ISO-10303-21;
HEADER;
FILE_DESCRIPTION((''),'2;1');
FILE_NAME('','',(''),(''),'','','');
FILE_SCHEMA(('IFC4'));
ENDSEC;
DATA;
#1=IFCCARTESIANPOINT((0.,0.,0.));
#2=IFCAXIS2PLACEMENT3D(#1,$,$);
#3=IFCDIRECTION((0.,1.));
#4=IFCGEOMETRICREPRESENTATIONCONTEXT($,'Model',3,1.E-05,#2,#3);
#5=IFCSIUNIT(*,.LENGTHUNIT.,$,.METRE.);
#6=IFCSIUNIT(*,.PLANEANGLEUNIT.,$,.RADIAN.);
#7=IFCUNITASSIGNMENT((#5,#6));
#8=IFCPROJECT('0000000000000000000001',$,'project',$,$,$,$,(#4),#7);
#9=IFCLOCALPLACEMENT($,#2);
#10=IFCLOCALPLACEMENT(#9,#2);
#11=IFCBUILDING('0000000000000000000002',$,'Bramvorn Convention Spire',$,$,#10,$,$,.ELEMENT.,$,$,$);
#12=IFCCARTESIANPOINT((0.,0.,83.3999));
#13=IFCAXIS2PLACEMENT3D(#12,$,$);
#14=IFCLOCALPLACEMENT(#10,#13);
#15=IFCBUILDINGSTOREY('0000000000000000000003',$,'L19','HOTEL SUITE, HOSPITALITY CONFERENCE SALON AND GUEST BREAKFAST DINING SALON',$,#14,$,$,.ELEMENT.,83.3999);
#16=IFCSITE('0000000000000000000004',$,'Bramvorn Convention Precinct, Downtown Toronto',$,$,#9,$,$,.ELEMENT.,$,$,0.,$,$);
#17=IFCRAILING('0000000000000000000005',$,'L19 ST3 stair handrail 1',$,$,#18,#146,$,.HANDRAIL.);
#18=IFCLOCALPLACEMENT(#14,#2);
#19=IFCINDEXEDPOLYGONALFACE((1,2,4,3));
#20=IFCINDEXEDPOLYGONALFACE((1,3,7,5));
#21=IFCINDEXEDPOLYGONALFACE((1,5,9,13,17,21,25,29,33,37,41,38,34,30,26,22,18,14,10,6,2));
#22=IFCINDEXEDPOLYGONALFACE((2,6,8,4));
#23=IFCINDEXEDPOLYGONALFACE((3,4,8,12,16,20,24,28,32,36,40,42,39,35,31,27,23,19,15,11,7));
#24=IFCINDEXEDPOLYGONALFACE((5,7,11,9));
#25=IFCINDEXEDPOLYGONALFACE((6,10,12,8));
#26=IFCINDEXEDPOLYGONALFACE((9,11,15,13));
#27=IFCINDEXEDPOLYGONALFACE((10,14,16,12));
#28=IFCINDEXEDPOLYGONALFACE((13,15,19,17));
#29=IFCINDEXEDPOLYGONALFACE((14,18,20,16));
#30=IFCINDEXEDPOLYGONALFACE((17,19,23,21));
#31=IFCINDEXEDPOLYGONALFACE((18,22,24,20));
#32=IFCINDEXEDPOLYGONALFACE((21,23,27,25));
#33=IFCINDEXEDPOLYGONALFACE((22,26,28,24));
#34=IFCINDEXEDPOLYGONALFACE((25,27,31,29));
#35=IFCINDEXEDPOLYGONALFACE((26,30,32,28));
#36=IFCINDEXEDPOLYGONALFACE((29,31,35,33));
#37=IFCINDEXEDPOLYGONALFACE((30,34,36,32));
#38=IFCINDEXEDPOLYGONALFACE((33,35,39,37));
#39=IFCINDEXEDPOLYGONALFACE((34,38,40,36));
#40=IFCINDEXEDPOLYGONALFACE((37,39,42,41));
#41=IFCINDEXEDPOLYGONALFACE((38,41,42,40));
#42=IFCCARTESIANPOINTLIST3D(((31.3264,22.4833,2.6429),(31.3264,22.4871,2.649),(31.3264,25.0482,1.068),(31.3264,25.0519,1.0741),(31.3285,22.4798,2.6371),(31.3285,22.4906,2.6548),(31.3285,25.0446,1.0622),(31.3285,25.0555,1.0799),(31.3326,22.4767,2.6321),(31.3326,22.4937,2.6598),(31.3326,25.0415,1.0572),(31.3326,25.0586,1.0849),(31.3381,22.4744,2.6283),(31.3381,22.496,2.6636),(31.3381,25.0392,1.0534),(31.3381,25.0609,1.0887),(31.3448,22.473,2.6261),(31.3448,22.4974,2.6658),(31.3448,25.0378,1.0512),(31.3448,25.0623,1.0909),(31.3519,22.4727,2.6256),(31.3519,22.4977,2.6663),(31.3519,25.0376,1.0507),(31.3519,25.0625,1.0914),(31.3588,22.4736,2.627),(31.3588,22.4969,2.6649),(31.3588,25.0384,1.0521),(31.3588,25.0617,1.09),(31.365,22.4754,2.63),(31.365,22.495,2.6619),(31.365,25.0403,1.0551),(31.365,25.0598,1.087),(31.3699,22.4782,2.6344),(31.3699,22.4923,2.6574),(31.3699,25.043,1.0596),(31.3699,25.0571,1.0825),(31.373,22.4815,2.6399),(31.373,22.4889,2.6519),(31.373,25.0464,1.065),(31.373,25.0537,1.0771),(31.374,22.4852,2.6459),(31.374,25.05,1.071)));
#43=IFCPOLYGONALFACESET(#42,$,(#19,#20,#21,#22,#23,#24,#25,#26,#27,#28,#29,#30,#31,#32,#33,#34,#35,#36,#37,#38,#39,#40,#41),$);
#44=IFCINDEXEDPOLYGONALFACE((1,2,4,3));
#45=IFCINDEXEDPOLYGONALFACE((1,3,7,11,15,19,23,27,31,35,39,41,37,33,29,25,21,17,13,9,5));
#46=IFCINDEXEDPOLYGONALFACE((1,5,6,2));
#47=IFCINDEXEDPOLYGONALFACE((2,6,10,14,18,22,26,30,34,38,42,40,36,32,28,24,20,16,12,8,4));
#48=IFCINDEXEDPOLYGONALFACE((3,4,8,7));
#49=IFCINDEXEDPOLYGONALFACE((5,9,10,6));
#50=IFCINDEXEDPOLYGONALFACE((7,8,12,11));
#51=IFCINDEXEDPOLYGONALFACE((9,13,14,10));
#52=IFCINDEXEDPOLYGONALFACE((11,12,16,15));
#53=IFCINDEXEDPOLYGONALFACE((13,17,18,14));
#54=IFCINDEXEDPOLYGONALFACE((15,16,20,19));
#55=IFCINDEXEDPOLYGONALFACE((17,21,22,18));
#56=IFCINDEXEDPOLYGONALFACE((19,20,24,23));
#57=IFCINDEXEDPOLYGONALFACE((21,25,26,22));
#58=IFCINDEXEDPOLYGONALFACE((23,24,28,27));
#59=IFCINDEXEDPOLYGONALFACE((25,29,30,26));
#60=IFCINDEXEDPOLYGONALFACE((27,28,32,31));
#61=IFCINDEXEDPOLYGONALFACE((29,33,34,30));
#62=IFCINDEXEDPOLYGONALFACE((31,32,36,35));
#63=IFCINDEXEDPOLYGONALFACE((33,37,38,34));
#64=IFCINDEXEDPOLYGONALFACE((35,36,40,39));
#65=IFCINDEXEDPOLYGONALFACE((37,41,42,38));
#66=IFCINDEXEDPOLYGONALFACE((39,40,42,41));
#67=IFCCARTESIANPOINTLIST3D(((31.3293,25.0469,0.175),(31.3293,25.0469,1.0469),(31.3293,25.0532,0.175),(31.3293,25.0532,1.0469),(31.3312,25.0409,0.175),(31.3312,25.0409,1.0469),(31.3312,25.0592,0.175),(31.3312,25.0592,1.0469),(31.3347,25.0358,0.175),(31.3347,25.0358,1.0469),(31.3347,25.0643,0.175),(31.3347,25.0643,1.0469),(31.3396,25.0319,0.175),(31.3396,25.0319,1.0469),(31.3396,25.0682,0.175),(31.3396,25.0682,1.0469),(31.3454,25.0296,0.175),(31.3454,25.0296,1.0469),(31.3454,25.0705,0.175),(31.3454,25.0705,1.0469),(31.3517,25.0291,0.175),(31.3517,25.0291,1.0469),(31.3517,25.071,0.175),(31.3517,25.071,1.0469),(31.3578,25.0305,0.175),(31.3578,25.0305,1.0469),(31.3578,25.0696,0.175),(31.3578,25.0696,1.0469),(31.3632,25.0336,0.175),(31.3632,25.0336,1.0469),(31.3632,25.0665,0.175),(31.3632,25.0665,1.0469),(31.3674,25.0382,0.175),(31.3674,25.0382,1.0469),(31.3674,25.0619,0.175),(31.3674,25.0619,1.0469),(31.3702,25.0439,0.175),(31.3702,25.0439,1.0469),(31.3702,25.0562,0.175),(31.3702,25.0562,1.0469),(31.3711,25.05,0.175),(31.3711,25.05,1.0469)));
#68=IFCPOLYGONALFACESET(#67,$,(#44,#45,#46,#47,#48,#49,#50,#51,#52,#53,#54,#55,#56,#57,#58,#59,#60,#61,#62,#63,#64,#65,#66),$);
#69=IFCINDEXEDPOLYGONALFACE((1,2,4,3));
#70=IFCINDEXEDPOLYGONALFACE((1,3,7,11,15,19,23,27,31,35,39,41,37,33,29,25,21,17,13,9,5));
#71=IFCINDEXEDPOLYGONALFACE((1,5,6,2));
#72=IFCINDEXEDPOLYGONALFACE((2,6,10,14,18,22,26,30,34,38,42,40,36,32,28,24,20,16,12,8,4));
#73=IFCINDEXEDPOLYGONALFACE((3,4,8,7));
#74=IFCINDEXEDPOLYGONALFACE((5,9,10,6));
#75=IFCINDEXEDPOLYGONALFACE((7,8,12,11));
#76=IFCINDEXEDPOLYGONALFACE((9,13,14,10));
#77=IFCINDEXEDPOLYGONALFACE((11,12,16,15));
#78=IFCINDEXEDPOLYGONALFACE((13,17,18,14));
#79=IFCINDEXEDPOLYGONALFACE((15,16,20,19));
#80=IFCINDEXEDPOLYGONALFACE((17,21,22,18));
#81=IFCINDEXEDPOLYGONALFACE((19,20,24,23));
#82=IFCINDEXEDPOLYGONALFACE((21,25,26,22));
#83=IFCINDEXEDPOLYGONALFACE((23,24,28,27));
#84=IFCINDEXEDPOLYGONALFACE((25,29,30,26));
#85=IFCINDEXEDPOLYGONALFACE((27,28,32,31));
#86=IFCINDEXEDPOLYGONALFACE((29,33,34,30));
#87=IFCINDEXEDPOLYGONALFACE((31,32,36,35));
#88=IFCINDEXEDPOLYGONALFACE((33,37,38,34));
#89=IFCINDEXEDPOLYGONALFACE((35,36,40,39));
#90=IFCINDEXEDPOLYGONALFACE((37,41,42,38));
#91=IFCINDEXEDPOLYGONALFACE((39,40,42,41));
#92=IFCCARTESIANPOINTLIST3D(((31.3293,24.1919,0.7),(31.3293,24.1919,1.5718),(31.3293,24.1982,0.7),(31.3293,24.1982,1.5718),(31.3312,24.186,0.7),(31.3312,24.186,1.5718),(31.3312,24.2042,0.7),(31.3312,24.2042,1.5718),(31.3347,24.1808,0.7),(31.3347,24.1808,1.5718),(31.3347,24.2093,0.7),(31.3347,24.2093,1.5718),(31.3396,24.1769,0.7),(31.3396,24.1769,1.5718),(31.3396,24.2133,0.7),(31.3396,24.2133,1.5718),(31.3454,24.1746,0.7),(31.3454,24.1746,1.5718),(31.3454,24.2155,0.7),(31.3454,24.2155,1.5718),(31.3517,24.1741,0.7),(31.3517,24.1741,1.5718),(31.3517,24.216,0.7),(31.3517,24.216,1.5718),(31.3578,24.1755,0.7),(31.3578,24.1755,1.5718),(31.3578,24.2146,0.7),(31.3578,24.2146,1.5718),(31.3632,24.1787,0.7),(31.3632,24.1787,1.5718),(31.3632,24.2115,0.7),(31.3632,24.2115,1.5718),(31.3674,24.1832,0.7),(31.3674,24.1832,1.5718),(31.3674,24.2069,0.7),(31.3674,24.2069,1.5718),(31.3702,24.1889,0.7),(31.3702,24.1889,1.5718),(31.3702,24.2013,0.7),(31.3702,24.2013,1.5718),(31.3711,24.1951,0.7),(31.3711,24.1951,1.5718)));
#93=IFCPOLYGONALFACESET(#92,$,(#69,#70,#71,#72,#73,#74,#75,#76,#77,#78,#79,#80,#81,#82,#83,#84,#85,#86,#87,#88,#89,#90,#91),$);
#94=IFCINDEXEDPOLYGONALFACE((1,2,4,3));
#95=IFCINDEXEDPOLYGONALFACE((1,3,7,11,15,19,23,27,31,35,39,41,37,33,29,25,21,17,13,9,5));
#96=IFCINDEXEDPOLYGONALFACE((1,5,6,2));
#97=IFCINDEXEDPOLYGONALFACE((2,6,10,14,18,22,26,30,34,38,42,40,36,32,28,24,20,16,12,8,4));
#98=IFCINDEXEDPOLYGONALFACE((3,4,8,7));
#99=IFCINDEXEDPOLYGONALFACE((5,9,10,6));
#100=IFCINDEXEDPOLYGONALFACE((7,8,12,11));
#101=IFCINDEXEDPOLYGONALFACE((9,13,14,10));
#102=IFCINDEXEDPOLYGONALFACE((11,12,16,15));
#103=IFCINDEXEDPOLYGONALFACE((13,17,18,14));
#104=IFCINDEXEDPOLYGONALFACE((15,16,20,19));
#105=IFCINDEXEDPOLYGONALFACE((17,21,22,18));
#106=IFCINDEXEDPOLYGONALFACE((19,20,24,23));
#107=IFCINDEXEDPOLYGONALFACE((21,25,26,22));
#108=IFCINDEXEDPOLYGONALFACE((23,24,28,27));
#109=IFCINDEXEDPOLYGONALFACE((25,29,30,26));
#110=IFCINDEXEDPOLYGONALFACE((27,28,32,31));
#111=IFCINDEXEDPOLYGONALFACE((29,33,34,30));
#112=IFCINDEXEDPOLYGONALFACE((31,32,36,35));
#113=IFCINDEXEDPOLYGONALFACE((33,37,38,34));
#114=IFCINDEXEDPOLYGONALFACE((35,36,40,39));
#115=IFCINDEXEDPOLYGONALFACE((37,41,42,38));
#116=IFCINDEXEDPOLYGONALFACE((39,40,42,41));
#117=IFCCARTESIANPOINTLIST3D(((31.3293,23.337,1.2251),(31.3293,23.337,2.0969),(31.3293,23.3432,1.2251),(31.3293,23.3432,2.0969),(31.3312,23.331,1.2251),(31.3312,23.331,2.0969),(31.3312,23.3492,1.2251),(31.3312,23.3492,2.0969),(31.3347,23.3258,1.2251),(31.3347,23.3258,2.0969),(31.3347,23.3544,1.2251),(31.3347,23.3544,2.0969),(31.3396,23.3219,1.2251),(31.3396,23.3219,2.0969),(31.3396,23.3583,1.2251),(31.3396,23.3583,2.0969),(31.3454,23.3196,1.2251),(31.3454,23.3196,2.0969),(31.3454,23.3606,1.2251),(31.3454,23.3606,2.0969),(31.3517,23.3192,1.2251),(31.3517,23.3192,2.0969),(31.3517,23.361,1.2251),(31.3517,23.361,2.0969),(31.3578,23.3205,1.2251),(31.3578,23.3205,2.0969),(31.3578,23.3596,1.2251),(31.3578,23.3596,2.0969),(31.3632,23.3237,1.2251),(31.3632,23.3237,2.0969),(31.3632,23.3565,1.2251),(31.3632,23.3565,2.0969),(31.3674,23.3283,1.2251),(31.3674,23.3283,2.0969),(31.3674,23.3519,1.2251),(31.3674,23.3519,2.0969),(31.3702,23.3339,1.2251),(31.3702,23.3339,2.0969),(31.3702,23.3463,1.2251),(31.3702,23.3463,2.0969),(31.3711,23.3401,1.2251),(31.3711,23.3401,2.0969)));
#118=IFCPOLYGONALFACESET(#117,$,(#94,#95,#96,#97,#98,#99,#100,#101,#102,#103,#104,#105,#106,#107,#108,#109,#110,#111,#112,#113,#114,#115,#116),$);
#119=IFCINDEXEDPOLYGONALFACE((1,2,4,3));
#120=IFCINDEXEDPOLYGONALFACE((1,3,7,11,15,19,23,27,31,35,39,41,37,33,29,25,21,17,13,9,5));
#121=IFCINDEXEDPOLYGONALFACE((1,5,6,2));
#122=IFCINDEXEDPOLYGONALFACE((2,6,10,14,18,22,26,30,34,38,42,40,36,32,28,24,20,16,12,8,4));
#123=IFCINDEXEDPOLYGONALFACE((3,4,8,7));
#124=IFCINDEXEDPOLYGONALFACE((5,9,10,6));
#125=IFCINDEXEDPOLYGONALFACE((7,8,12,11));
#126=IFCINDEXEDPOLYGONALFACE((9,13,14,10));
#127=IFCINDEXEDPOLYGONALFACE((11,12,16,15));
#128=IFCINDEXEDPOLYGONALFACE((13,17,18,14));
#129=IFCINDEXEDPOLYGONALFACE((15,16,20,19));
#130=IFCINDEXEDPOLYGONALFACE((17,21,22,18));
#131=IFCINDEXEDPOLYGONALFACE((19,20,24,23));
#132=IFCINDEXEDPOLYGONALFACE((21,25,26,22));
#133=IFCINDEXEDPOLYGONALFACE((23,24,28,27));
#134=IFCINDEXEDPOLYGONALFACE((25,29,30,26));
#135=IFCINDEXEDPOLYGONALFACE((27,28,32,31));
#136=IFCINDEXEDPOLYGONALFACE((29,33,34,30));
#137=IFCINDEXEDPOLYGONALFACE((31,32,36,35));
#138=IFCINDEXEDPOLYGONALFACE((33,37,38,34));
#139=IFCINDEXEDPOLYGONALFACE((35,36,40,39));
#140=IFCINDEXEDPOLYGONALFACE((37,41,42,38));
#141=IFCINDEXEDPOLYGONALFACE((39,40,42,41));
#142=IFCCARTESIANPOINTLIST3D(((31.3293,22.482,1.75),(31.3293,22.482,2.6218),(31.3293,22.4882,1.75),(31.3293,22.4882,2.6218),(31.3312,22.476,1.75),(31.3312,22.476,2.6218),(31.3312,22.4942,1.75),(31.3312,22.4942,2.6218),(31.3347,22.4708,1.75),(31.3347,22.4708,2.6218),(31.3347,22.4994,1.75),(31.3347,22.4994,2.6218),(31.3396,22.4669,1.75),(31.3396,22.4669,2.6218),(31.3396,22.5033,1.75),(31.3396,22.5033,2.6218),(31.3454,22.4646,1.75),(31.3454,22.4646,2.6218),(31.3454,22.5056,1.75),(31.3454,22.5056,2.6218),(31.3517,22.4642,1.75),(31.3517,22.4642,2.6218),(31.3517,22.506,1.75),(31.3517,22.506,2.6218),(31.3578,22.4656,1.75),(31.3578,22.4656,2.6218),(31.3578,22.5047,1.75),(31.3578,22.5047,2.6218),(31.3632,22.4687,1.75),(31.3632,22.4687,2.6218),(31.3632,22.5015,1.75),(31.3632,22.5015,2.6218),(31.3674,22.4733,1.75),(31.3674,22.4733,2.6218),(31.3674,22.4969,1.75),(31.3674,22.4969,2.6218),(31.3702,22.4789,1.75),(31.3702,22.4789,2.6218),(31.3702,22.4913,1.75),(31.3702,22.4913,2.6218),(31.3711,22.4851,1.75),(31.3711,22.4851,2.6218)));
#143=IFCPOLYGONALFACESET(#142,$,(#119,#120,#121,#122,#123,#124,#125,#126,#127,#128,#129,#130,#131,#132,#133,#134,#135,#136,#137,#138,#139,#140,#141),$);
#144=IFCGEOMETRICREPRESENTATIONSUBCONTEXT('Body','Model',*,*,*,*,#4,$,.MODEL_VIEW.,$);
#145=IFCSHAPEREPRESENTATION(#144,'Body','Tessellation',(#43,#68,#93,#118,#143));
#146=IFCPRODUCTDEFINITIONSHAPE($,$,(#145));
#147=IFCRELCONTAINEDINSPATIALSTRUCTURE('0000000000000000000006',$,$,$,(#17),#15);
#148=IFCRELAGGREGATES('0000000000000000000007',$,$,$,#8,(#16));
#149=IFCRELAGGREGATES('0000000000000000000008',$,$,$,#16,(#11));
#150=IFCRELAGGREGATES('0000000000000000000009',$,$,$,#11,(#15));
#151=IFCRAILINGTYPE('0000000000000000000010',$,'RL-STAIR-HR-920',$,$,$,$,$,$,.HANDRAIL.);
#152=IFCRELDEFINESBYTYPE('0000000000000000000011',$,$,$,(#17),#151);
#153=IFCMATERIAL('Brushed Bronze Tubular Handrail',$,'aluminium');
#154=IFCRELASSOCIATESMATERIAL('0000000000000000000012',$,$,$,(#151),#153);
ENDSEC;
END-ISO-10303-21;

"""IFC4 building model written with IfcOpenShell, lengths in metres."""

from ifc_helpers import new_model, si_unit, direction, frame, origin, origin_2d, place, context, subcontext, project, spatial, circle, extrude, material, type_object, element, save


model = new_model("IFC4")

# Units and contexts
model_context = context("Model", 3, precision=1e-05, world=origin(), true_north=direction((0.0, 1.0)))
body_context = subcontext(model_context, "Body", "Model", "MODEL_VIEW")
ifc_project = project(units=[si_unit("LENGTHUNIT", "METRE"), si_unit("PLANEANGLEUNIT", "RADIAN")], contexts=[model_context])

# Site, building, storey
site_placement = place(None, origin())
site = spatial("IfcSite", under=ifc_project, at=site_placement, Name="Bramvorn Convention Precinct, Downtown Toronto", CompositionType="ELEMENT", RefElevation=0.0)
building_placement = place(site_placement, origin())
building = spatial("IfcBuilding", under=site, at=building_placement, Name="Bramvorn Convention Spire", CompositionType="ELEMENT")
storey_placement = place(building_placement, frame((0.0, 0.0, 83.3999)))
storey = spatial("IfcBuildingStorey", under=building, at=storey_placement, Name="L19", Description="HOTEL SUITE, HOSPITALITY CONFERENCE SALON AND GUEST BREAKFAST DINING SALON", CompositionType="ELEMENT", Elevation=83.3999)

# Railing
ifc_material_1 = material(Name="Brushed Bronze Tubular Handrail", Category="aluminium")
railing_type_1 = type_object("IfcRailingType", Name="RL-STAIR-HR-920", PredefinedType="HANDRAIL", material=ifc_material_1)
railing_1_placement = place(storey_placement, frame((31.3501, 25.05, 0.175)))
element("IfcRailing", 1, at=railing_1_placement, inside=storey, type_object=railing_type_1, Name="L19 ST3 stair handrail 1", PredefinedType="HANDRAIL", context=body_context, shape_type="SweptSolid", body=[
    extrude(circle(Radius=0.0239, at=origin_2d()), frame((0.0, 0.0, 0.896), z_axis=(0.0, -0.852173, 0.52326), x_axis=(1.0, 0.0, 0.0)), (0.0, 0.0, 1.0), 3.0098),
    extrude(circle(Radius=0.021, at=origin_2d()), origin(), (0.0, 0.0, 1.0), 0.8718),
    extrude(circle(Radius=0.021, at=origin_2d()), frame((0.0, -0.855, 0.5249)), (0.0, 0.0, 1.0), 0.8718),
    extrude(circle(Radius=0.021, at=origin_2d()), frame((0.0, -1.71, 1.05)), (0.0, 0.0, 1.0), 0.8718),
    extrude(circle(Radius=0.021, at=origin_2d()), frame((0.0, -2.5649, 1.575)), (0.0, 0.0, 1.0), 0.8718),
])

save(model, "model.ifc")
